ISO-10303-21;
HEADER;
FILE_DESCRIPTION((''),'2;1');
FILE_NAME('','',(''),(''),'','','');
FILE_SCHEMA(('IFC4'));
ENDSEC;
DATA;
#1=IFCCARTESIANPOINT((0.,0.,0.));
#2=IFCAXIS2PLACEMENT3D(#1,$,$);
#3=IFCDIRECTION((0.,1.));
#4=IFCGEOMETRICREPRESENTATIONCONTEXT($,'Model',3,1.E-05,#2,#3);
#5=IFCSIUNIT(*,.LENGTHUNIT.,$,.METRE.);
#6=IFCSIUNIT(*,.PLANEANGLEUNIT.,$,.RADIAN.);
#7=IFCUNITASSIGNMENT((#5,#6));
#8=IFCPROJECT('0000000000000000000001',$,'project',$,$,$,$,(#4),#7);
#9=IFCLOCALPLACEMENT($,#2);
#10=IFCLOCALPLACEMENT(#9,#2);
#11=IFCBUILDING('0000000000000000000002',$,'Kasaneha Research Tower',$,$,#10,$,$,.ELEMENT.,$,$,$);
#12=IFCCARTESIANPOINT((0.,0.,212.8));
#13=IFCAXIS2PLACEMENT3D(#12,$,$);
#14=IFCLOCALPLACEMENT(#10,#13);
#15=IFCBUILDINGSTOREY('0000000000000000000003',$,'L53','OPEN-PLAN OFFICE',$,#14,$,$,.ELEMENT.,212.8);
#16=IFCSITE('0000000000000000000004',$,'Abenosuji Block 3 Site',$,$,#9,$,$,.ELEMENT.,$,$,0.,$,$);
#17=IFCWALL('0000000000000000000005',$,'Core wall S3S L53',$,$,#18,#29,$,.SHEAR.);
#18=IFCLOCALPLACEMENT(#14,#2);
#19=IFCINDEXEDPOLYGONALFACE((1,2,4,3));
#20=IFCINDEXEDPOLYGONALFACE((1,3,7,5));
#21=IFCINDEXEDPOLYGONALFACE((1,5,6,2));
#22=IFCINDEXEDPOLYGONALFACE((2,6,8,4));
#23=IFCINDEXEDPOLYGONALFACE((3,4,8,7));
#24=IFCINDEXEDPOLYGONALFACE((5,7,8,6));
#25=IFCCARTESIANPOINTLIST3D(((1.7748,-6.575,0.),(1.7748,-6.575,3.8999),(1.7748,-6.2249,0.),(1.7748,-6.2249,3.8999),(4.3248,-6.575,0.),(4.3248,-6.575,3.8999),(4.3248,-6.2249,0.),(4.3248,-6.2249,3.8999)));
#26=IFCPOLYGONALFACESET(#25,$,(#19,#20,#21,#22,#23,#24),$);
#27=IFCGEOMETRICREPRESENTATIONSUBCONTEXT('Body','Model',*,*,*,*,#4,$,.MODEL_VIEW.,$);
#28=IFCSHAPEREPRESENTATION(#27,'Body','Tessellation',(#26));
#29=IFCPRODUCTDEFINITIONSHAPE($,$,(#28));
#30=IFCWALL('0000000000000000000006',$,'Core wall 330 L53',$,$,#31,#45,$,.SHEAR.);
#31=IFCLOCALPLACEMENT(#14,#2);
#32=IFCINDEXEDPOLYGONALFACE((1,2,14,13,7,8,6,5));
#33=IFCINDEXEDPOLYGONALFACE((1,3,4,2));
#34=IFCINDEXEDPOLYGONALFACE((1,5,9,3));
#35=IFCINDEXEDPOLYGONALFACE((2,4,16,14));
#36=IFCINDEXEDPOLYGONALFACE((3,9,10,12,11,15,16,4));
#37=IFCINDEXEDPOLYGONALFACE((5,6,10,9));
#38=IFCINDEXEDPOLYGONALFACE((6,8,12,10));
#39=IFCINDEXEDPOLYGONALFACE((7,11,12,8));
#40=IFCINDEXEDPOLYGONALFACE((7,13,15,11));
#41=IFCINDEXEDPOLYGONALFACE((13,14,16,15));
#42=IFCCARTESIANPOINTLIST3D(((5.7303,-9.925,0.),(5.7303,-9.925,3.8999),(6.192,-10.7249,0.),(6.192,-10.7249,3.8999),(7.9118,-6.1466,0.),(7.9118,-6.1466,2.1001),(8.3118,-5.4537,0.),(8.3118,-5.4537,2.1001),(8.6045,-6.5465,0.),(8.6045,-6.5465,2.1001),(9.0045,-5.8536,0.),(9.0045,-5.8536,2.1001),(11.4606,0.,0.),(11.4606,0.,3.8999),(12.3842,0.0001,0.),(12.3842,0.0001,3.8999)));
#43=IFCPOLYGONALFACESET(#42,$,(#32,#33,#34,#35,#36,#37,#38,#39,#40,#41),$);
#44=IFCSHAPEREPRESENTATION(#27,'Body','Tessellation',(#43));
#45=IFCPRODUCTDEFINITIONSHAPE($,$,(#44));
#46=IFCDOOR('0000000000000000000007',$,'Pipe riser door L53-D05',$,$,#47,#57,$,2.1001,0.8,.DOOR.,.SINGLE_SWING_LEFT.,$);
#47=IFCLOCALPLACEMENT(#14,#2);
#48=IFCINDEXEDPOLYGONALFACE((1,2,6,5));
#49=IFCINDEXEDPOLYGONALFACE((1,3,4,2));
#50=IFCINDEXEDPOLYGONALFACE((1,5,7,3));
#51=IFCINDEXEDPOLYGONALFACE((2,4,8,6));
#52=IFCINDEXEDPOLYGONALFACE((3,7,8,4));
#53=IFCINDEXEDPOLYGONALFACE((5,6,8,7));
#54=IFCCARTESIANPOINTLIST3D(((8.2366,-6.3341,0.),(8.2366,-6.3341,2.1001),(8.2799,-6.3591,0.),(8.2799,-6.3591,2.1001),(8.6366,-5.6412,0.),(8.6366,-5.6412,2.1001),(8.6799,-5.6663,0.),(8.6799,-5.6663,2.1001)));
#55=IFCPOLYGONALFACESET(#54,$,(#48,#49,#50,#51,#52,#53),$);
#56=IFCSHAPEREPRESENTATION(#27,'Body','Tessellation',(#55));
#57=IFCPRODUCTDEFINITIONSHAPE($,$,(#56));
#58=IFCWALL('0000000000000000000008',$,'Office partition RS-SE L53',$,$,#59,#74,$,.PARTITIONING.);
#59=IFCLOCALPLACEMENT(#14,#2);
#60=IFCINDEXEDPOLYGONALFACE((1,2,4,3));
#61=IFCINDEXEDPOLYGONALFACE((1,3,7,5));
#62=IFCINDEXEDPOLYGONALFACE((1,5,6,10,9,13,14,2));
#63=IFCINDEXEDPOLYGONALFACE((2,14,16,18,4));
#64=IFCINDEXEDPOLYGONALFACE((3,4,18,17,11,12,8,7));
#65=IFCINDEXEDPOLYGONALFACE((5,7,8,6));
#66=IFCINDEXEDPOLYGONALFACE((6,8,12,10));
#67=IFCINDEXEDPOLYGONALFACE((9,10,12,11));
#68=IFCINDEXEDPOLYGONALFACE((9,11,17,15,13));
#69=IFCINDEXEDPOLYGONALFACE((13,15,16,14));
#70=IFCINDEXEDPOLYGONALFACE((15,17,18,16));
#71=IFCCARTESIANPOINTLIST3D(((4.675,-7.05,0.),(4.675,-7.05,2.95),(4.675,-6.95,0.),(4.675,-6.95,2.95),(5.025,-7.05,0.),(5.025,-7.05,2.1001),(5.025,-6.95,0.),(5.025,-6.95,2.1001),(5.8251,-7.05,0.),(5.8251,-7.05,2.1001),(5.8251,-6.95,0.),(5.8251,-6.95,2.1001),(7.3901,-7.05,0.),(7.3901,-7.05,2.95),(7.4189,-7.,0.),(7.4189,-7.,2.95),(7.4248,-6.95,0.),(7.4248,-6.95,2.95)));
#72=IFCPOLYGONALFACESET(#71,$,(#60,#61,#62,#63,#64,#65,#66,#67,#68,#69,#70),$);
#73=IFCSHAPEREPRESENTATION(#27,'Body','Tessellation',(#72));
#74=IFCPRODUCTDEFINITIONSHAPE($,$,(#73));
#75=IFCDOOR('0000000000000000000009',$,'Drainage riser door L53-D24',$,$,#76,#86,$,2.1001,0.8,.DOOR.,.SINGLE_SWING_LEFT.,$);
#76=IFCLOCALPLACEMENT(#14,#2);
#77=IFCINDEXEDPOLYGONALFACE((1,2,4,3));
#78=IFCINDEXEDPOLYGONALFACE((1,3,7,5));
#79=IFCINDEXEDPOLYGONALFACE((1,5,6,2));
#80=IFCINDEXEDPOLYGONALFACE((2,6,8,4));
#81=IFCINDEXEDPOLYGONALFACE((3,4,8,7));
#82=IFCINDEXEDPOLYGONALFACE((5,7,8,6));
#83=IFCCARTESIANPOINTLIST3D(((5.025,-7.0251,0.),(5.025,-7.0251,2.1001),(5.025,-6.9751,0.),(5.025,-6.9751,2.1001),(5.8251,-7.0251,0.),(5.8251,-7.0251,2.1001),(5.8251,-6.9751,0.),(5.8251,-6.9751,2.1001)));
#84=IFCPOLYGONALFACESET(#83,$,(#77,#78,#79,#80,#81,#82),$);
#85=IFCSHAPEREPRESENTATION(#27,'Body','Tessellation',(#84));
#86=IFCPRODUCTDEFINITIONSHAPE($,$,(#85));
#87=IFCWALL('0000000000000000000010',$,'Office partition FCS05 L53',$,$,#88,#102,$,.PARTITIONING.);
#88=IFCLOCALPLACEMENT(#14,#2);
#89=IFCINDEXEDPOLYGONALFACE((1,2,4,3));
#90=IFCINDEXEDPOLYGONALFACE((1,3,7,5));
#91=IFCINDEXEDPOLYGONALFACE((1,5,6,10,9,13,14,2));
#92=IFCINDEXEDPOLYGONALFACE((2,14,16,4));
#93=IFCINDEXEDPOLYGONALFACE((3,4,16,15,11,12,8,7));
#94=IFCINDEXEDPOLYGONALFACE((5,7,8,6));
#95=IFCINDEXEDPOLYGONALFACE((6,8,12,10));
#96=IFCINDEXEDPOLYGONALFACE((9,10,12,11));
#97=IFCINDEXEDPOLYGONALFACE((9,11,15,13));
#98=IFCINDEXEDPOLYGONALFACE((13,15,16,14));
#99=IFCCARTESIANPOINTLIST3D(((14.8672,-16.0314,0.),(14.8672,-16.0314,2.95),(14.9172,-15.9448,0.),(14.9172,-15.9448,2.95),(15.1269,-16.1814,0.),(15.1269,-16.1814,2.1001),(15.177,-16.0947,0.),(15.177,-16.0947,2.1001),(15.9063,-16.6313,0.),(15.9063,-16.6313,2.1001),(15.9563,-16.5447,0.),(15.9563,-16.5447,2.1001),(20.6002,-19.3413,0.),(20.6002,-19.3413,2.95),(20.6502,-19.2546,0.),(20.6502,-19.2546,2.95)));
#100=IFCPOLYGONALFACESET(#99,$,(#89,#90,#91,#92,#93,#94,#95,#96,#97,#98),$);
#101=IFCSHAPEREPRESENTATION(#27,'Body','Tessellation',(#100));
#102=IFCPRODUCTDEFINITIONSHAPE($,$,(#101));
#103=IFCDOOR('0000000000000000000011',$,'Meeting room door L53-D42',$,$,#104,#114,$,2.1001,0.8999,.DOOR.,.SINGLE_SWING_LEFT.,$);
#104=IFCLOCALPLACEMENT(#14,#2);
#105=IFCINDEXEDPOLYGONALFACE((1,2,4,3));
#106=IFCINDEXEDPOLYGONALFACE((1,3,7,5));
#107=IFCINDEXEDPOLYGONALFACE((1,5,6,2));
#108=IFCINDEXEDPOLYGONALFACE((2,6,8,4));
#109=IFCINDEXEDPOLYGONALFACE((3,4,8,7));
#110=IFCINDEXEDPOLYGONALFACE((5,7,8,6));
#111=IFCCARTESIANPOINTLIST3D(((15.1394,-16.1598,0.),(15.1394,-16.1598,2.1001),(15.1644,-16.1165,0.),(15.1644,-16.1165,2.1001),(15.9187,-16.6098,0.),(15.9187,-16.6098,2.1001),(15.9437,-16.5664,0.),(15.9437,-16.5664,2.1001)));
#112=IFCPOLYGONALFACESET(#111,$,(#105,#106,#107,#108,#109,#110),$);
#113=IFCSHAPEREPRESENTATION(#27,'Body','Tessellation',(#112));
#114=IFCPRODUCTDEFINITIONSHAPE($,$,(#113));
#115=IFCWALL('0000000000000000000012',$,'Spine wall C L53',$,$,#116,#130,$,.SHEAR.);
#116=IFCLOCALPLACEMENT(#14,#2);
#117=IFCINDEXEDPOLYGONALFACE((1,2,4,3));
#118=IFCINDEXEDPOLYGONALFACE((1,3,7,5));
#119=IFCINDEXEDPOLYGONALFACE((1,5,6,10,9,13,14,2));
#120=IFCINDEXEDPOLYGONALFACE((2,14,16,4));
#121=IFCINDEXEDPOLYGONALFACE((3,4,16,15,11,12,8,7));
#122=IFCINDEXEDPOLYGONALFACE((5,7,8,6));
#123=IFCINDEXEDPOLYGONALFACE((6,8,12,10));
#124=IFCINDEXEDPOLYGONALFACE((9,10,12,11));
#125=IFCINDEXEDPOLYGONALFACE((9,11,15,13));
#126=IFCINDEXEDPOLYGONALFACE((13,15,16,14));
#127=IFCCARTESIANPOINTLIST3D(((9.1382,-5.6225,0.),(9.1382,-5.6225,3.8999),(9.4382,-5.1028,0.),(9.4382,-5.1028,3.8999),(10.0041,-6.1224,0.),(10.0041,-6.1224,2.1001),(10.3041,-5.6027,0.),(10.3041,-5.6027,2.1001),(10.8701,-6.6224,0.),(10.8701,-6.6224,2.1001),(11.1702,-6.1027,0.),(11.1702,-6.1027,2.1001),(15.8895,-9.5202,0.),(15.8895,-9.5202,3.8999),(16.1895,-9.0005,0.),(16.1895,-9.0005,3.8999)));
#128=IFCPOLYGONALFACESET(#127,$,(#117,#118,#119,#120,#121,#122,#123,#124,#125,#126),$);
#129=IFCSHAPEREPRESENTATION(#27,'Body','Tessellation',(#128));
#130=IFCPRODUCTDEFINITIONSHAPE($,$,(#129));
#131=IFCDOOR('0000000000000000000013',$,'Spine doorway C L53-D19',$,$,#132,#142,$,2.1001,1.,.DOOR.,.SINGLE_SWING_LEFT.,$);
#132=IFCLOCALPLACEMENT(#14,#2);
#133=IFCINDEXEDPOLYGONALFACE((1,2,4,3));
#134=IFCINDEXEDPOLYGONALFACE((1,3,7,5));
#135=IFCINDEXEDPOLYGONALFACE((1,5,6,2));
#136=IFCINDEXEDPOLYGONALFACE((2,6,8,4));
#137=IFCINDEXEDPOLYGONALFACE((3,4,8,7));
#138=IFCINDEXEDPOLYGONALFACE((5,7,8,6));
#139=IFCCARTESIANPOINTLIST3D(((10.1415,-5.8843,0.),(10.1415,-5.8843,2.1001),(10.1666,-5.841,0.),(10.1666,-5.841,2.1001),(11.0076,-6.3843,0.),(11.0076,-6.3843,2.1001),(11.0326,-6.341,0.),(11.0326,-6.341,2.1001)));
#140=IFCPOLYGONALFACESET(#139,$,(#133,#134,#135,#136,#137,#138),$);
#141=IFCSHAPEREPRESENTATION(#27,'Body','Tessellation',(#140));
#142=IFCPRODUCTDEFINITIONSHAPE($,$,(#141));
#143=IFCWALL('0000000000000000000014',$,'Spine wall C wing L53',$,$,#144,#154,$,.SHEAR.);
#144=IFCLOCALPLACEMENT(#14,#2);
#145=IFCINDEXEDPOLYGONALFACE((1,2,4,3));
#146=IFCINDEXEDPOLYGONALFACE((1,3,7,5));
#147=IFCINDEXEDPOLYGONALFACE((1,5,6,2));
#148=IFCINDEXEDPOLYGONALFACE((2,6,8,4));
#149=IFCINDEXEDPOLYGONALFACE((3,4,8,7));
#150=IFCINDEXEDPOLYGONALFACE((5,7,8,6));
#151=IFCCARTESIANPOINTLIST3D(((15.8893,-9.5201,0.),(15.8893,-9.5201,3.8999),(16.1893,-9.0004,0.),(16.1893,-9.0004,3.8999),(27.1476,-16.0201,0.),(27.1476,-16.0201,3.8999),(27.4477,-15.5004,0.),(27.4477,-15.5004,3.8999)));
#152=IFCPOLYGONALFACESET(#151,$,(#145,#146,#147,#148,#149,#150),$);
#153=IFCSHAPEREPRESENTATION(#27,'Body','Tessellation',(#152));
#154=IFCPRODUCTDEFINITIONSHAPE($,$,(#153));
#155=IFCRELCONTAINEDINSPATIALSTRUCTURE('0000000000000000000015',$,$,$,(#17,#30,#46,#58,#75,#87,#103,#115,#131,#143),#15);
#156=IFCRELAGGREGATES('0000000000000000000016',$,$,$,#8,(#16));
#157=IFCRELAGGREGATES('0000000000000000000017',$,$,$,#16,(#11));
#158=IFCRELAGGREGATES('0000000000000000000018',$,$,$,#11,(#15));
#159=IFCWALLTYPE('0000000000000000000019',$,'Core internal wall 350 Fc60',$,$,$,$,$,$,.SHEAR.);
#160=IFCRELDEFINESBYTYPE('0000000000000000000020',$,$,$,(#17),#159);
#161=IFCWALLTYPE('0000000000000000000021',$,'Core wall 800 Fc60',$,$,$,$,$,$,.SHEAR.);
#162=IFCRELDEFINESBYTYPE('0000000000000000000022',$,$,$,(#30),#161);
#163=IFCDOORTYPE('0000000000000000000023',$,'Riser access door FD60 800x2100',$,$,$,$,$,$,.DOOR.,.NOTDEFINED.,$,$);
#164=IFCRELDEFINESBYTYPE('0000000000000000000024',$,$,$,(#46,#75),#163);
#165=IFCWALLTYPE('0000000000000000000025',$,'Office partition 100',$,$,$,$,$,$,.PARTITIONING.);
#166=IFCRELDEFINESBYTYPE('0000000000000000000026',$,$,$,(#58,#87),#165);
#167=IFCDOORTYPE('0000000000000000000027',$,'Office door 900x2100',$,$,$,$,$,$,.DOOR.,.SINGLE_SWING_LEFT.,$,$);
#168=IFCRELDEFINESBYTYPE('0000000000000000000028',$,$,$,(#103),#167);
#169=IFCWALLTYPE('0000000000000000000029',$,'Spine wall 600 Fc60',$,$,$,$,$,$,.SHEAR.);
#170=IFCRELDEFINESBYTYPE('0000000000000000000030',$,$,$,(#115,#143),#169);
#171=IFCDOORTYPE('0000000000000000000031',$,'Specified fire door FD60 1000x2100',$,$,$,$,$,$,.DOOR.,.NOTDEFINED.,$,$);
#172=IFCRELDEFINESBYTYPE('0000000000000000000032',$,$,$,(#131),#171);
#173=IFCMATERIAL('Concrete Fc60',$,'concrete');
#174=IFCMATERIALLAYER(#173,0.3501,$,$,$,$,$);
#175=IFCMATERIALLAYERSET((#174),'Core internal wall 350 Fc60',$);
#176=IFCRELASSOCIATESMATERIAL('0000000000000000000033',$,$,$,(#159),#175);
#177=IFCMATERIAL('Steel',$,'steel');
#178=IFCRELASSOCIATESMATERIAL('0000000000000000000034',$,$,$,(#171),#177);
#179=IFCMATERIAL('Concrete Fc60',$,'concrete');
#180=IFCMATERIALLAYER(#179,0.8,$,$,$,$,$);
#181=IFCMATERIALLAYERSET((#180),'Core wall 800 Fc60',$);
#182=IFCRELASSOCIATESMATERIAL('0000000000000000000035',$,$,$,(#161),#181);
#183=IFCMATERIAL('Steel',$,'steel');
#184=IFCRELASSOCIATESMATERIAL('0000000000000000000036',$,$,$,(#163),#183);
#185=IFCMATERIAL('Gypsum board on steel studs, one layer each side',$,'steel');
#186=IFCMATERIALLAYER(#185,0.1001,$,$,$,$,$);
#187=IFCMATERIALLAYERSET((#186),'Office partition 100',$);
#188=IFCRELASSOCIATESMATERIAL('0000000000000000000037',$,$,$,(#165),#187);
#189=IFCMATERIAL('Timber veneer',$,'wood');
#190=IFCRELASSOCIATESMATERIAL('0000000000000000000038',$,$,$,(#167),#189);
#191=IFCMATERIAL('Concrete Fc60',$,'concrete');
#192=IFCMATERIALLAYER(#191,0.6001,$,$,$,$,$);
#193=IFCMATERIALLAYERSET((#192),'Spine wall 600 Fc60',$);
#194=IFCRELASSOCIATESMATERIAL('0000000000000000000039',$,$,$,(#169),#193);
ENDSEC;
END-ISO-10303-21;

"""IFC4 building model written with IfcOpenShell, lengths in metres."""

from ifc_helpers import new_model, si_unit, direction, frame, frame_2d, origin, place, context, subcontext, project, spatial, polyline, rectangle, outline, extrude, material, layer, layer_set, type_object, element, fill, save


model = new_model("IFC4")

# Units and contexts
model_context = context("Model", 3, precision=1e-05, world=origin(), true_north=direction((0.0, 1.0)))
body_context = subcontext(model_context, "Body", "Model", "MODEL_VIEW")
ifc_project = project(units=[si_unit("LENGTHUNIT", "METRE"), si_unit("PLANEANGLEUNIT", "RADIAN")], contexts=[model_context])

# Site, building, storey
site_placement = place(None, origin())
site = spatial("IfcSite", under=ifc_project, at=site_placement, Name="Abenosuji Block 3 Site", CompositionType="ELEMENT", RefElevation=0.0)
building_placement = place(site_placement, origin())
building = spatial("IfcBuilding", under=site, at=building_placement, Name="Kasaneha Research Tower", CompositionType="ELEMENT")
storey_placement = place(building_placement, frame((0.0, 0.0, 212.8)))
storey = spatial("IfcBuildingStorey", under=building, at=storey_placement, Name="L53", Description="OPEN-PLAN OFFICE", CompositionType="ELEMENT", Elevation=212.8)

# Shared definitions
ifc_material_1 = material(Name="Concrete Fc60", Category="concrete")
ifc_layer_1 = layer(ifc_material_1, 0.3501)
ifc_layer_set_1 = layer_set([ifc_layer_1], Name="Core internal wall 350 Fc60")
wall_type_1 = type_object("IfcWallType", Name="Core internal wall 350 Fc60", PredefinedType="SHEAR", material=ifc_layer_set_1)
ifc_material_2 = material(Name="Steel", Category="steel")
door_type_1 = type_object("IfcDoorType", Name="Specified fire door FD60 1000x2100", OperationType="NOTDEFINED", PredefinedType="DOOR", material=ifc_material_2)

# Wall
wall_1_placement = place(storey_placement, frame((1.7749, -6.3999, 0.0), z_axis=(0.0, 0.0, 1.0), x_axis=(1.0, 0.0, 0.0)))
element("IfcWall", 1, at=wall_1_placement, inside=storey, type_object=wall_type_1, Name="Core wall S3S L53", PredefinedType="SHEAR", context=body_context, shape_type="SweptSolid", body=[
    extrude(rectangle(XDim=2.55, YDim=0.3501, at=frame_2d((1.2749, 0.0))), origin(), (0.0, 0.0, 1.0), 3.8999),
])

# Walls, openings, doors
ifc_material_3 = material(Name="Concrete Fc60", Category="concrete")
ifc_layer_2 = layer(ifc_material_3, 0.8)
ifc_layer_set_2 = layer_set([ifc_layer_2], Name="Core wall 800 Fc60")
wall_type_2 = type_object("IfcWallType", Name="Core wall 800 Fc60", PredefinedType="SHEAR", material=ifc_layer_set_2)
wall_2_placement = place(storey_placement, frame((5.9612, -10.325, 0.0), z_axis=(0.0, 0.0, 1.0), x_axis=(0.500004, 0.866023, 0.0)))
wall_2 = element("IfcWall", 2, at=wall_2_placement, inside=storey, type_object=wall_type_2, Name="Core wall 330 L53", PredefinedType="SHEAR", context=body_context, shape_type="SweptSolid", body=[
    extrude(outline(polyline([(-0.231, -0.3999), (4.594, -0.3999), (5.394, -0.3999), (12.1533, -0.3999), (11.6914, 0.3999), (5.394, 0.3999), (4.594, 0.3999), (0.231, 0.3999), (-0.231, -0.3999)])), origin(), (0.0, 0.0, 1.0), 3.8999),
])
opening_1_placement = place(wall_2_placement, frame((4.594, 0.0, 0.0)))
opening_1 = element("IfcOpeningElement", 3, at=opening_1_placement, cuts=wall_2, PredefinedType="OPENING", context=body_context, shape_type="SweptSolid", body=[
    extrude(rectangle(XDim=0.8, YDim=2.1001, at=frame_2d((0.3999, 1.05))), frame((0.0, 0.4102, 0.0), z_axis=(0.0, -1.0, 0.0), x_axis=(1.0, 0.0, 0.0)), (0.0, 0.0, 1.0), 0.8201),
])
ifc_material_4 = material(Name="Steel", Category="steel")
door_type_2 = type_object("IfcDoorType", Name="Riser access door FD60 800x2100", OperationType="NOTDEFINED", PredefinedType="DOOR", material=ifc_material_4)
door_1_placement = place(opening_1_placement, origin())
door_1 = element("IfcDoor", 4, at=door_1_placement, inside=storey, type_object=door_type_2, Name="Pipe riser door L53-D05", OperationType="SINGLE_SWING_LEFT", OverallHeight=2.1001, OverallWidth=0.8, PredefinedType="DOOR", context=body_context, shape_type="SweptSolid", body=[
    extrude(rectangle(XDim=0.8, YDim=2.1001, at=frame_2d((0.3999, 1.05))), frame((0.0, 0.0249, 0.0), z_axis=(0.0, -1.0, 0.0), x_axis=(1.0, 0.0, 0.0)), (0.0, 0.0, 1.0), 0.05),
])
fill(opening_1, door_1)
ifc_material_5 = material(Name="Gypsum board on steel studs, one layer each side", Category="steel")
ifc_layer_3 = layer(ifc_material_5, 0.1001)
ifc_layer_set_3 = layer_set([ifc_layer_3], Name="Office partition 100")
wall_type_3 = type_object("IfcWallType", Name="Office partition 100", PredefinedType="PARTITIONING", material=ifc_layer_set_3)
wall_3_placement = place(storey_placement, frame((4.675, -7.0, 0.0), z_axis=(0.0, 0.0, 1.0), x_axis=(1.0, 0.0, 0.0)))
wall_3 = element("IfcWall", 5, at=wall_3_placement, inside=storey, type_object=wall_type_3, Name="Office partition RS-SE L53", PredefinedType="PARTITIONING", context=body_context, shape_type="SweptSolid", body=[
    extrude(outline(polyline([(0.0, -0.05), (0.3501, -0.05), (1.1501, -0.05), (2.7151, -0.05), (2.7439, 0.0), (2.7498, 0.05), (1.1501, 0.05), (0.3501, 0.05), (0.0, 0.05), (0.0, -0.05)])), origin(), (0.0, 0.0, 1.0), 2.95),
])
opening_2_placement = place(wall_3_placement, frame((0.3501, 0.0, 0.0)))
opening_2 = element("IfcOpeningElement", 6, at=opening_2_placement, cuts=wall_3, PredefinedType="OPENING", context=body_context, shape_type="SweptSolid", body=[
    extrude(rectangle(XDim=0.8, YDim=2.1001, at=frame_2d((0.3999, 1.05))), frame((0.0, 0.0601, 0.0), z_axis=(0.0, -1.0, 0.0), x_axis=(1.0, 0.0, 0.0)), (0.0, 0.0, 1.0), 0.1201),
])
door_2_placement = place(opening_2_placement, origin())
door_2 = element("IfcDoor", 7, at=door_2_placement, inside=storey, type_object=door_type_2, Name="Drainage riser door L53-D24", OperationType="SINGLE_SWING_LEFT", OverallHeight=2.1001, OverallWidth=0.8, PredefinedType="DOOR", context=body_context, shape_type="SweptSolid", body=[
    extrude(rectangle(XDim=0.8, YDim=2.1001, at=frame_2d((0.3999, 1.05))), frame((0.0, 0.0249, 0.0), z_axis=(0.0, -1.0, 0.0), x_axis=(1.0, 0.0, 0.0)), (0.0, 0.0, 1.0), 0.05),
])
fill(opening_2, door_2)
wall_4_placement = place(storey_placement, frame((14.8921, -15.988, 0.0), z_axis=(0.0, 0.0, 1.0), x_axis=(0.866031, -0.499991, 0.0)))
wall_4 = element("IfcWall", 8, at=wall_4_placement, inside=storey, type_object=wall_type_3, Name="Office partition FCS05 L53", PredefinedType="PARTITIONING", context=body_context, shape_type="SweptSolid", body=[
    extrude(rectangle(XDim=6.6199, YDim=0.1001, at=frame_2d((3.3101, 0.0))), origin(), (0.0, 0.0, 1.0), 2.95),
])
opening_3_placement = place(wall_4_placement, frame((0.3, 0.0, 0.0)))
opening_3 = element("IfcOpeningElement", 9, at=opening_3_placement, cuts=wall_4, PredefinedType="OPENING", context=body_context, shape_type="SweptSolid", body=[
    extrude(rectangle(XDim=0.8999, YDim=2.1001, at=frame_2d((0.45, 1.05))), frame((0.0, 0.0601, 0.0), z_axis=(0.0, -1.0, 0.0), x_axis=(1.0, 0.0, 0.0)), (0.0, 0.0, 1.0), 0.1201),
])
ifc_material_6 = material(Name="Timber veneer", Category="wood")
door_type_3 = type_object("IfcDoorType", Name="Office door 900x2100", OperationType="SINGLE_SWING_LEFT", PredefinedType="DOOR", material=ifc_material_6)
door_3_placement = place(opening_3_placement, origin())
door_3 = element("IfcDoor", 10, at=door_3_placement, inside=storey, type_object=door_type_3, Name="Meeting room door L53-D42", OperationType="SINGLE_SWING_LEFT", OverallHeight=2.1001, OverallWidth=0.8999, PredefinedType="DOOR", context=body_context, shape_type="SweptSolid", body=[
    extrude(rectangle(XDim=0.8999, YDim=2.1001, at=frame_2d((0.45, 1.05))), frame((0.0, 0.0249, 0.0), z_axis=(0.0, -1.0, 0.0), x_axis=(1.0, 0.0, 0.0)), (0.0, 0.0, 1.0), 0.05),
])
fill(opening_3, door_3)
ifc_material_7 = material(Name="Concrete Fc60", Category="concrete")
ifc_layer_4 = layer(ifc_material_7, 0.6001)
ifc_layer_set_4 = layer_set([ifc_layer_4], Name="Spine wall 600 Fc60")
wall_type_4 = type_object("IfcWallType", Name="Spine wall 600 Fc60", PredefinedType="SHEAR", material=ifc_layer_set_4)
wall_5_placement = place(storey_placement, frame((9.2881, -5.3625, 0.0), z_axis=(0.0, 0.0, 1.0), x_axis=(0.866032, -0.499989, 0.0)))
wall_5 = element("IfcWall", 11, at=wall_5_placement, inside=storey, type_object=wall_type_4, Name="Spine wall C L53", PredefinedType="SHEAR", context=body_context, shape_type="SweptSolid", body=[
    extrude(rectangle(XDim=7.7957, YDim=0.6001, at=frame_2d((3.8979, 0.0))), origin(), (0.0, 0.0, 1.0), 3.8999),
])
opening_4_placement = place(wall_5_placement, frame((1.0, 0.0, 0.0)))
opening_4 = element("IfcOpeningElement", 12, at=opening_4_placement, cuts=wall_5, PredefinedType="OPENING", context=body_context, shape_type="SweptSolid", body=[
    extrude(rectangle(XDim=1.0, YDim=2.1001, at=frame_2d((0.5, 1.05))), frame((0.0, 0.3101, 0.0), z_axis=(0.0, -1.0, 0.0), x_axis=(1.0, 0.0, 0.0)), (0.0, 0.0, 1.0), 0.6201),
])
door_4_placement = place(opening_4_placement, origin())
door_4 = element("IfcDoor", 13, at=door_4_placement, inside=storey, type_object=door_type_1, Name="Spine doorway C L53-D19", OperationType="SINGLE_SWING_LEFT", OverallHeight=2.1001, OverallWidth=1.0, PredefinedType="DOOR", context=body_context, shape_type="SweptSolid", body=[
    extrude(rectangle(XDim=1.0, YDim=2.1001, at=frame_2d((0.5, 1.05))), frame((0.0, 0.0249, 0.0), z_axis=(0.0, -1.0, 0.0), x_axis=(1.0, 0.0, 0.0)), (0.0, 0.0, 1.0), 0.05),
])
fill(opening_4, door_4)

# Wall
wall_6_placement = place(storey_placement, frame((16.0393, -9.2603, 0.0), z_axis=(0.0, 0.0, 1.0), x_axis=(0.866025, -0.500001, 0.0)))
element("IfcWall", 14, at=wall_6_placement, inside=storey, type_object=wall_type_4, Name="Spine wall C wing L53", PredefinedType="SHEAR", context=body_context, shape_type="SweptSolid", body=[
    extrude(rectangle(XDim=13.0, YDim=0.6001, at=frame_2d((6.5, 0.0))), origin(), (0.0, 0.0, 1.0), 3.8999),
])

save(model, "model.ifc")
